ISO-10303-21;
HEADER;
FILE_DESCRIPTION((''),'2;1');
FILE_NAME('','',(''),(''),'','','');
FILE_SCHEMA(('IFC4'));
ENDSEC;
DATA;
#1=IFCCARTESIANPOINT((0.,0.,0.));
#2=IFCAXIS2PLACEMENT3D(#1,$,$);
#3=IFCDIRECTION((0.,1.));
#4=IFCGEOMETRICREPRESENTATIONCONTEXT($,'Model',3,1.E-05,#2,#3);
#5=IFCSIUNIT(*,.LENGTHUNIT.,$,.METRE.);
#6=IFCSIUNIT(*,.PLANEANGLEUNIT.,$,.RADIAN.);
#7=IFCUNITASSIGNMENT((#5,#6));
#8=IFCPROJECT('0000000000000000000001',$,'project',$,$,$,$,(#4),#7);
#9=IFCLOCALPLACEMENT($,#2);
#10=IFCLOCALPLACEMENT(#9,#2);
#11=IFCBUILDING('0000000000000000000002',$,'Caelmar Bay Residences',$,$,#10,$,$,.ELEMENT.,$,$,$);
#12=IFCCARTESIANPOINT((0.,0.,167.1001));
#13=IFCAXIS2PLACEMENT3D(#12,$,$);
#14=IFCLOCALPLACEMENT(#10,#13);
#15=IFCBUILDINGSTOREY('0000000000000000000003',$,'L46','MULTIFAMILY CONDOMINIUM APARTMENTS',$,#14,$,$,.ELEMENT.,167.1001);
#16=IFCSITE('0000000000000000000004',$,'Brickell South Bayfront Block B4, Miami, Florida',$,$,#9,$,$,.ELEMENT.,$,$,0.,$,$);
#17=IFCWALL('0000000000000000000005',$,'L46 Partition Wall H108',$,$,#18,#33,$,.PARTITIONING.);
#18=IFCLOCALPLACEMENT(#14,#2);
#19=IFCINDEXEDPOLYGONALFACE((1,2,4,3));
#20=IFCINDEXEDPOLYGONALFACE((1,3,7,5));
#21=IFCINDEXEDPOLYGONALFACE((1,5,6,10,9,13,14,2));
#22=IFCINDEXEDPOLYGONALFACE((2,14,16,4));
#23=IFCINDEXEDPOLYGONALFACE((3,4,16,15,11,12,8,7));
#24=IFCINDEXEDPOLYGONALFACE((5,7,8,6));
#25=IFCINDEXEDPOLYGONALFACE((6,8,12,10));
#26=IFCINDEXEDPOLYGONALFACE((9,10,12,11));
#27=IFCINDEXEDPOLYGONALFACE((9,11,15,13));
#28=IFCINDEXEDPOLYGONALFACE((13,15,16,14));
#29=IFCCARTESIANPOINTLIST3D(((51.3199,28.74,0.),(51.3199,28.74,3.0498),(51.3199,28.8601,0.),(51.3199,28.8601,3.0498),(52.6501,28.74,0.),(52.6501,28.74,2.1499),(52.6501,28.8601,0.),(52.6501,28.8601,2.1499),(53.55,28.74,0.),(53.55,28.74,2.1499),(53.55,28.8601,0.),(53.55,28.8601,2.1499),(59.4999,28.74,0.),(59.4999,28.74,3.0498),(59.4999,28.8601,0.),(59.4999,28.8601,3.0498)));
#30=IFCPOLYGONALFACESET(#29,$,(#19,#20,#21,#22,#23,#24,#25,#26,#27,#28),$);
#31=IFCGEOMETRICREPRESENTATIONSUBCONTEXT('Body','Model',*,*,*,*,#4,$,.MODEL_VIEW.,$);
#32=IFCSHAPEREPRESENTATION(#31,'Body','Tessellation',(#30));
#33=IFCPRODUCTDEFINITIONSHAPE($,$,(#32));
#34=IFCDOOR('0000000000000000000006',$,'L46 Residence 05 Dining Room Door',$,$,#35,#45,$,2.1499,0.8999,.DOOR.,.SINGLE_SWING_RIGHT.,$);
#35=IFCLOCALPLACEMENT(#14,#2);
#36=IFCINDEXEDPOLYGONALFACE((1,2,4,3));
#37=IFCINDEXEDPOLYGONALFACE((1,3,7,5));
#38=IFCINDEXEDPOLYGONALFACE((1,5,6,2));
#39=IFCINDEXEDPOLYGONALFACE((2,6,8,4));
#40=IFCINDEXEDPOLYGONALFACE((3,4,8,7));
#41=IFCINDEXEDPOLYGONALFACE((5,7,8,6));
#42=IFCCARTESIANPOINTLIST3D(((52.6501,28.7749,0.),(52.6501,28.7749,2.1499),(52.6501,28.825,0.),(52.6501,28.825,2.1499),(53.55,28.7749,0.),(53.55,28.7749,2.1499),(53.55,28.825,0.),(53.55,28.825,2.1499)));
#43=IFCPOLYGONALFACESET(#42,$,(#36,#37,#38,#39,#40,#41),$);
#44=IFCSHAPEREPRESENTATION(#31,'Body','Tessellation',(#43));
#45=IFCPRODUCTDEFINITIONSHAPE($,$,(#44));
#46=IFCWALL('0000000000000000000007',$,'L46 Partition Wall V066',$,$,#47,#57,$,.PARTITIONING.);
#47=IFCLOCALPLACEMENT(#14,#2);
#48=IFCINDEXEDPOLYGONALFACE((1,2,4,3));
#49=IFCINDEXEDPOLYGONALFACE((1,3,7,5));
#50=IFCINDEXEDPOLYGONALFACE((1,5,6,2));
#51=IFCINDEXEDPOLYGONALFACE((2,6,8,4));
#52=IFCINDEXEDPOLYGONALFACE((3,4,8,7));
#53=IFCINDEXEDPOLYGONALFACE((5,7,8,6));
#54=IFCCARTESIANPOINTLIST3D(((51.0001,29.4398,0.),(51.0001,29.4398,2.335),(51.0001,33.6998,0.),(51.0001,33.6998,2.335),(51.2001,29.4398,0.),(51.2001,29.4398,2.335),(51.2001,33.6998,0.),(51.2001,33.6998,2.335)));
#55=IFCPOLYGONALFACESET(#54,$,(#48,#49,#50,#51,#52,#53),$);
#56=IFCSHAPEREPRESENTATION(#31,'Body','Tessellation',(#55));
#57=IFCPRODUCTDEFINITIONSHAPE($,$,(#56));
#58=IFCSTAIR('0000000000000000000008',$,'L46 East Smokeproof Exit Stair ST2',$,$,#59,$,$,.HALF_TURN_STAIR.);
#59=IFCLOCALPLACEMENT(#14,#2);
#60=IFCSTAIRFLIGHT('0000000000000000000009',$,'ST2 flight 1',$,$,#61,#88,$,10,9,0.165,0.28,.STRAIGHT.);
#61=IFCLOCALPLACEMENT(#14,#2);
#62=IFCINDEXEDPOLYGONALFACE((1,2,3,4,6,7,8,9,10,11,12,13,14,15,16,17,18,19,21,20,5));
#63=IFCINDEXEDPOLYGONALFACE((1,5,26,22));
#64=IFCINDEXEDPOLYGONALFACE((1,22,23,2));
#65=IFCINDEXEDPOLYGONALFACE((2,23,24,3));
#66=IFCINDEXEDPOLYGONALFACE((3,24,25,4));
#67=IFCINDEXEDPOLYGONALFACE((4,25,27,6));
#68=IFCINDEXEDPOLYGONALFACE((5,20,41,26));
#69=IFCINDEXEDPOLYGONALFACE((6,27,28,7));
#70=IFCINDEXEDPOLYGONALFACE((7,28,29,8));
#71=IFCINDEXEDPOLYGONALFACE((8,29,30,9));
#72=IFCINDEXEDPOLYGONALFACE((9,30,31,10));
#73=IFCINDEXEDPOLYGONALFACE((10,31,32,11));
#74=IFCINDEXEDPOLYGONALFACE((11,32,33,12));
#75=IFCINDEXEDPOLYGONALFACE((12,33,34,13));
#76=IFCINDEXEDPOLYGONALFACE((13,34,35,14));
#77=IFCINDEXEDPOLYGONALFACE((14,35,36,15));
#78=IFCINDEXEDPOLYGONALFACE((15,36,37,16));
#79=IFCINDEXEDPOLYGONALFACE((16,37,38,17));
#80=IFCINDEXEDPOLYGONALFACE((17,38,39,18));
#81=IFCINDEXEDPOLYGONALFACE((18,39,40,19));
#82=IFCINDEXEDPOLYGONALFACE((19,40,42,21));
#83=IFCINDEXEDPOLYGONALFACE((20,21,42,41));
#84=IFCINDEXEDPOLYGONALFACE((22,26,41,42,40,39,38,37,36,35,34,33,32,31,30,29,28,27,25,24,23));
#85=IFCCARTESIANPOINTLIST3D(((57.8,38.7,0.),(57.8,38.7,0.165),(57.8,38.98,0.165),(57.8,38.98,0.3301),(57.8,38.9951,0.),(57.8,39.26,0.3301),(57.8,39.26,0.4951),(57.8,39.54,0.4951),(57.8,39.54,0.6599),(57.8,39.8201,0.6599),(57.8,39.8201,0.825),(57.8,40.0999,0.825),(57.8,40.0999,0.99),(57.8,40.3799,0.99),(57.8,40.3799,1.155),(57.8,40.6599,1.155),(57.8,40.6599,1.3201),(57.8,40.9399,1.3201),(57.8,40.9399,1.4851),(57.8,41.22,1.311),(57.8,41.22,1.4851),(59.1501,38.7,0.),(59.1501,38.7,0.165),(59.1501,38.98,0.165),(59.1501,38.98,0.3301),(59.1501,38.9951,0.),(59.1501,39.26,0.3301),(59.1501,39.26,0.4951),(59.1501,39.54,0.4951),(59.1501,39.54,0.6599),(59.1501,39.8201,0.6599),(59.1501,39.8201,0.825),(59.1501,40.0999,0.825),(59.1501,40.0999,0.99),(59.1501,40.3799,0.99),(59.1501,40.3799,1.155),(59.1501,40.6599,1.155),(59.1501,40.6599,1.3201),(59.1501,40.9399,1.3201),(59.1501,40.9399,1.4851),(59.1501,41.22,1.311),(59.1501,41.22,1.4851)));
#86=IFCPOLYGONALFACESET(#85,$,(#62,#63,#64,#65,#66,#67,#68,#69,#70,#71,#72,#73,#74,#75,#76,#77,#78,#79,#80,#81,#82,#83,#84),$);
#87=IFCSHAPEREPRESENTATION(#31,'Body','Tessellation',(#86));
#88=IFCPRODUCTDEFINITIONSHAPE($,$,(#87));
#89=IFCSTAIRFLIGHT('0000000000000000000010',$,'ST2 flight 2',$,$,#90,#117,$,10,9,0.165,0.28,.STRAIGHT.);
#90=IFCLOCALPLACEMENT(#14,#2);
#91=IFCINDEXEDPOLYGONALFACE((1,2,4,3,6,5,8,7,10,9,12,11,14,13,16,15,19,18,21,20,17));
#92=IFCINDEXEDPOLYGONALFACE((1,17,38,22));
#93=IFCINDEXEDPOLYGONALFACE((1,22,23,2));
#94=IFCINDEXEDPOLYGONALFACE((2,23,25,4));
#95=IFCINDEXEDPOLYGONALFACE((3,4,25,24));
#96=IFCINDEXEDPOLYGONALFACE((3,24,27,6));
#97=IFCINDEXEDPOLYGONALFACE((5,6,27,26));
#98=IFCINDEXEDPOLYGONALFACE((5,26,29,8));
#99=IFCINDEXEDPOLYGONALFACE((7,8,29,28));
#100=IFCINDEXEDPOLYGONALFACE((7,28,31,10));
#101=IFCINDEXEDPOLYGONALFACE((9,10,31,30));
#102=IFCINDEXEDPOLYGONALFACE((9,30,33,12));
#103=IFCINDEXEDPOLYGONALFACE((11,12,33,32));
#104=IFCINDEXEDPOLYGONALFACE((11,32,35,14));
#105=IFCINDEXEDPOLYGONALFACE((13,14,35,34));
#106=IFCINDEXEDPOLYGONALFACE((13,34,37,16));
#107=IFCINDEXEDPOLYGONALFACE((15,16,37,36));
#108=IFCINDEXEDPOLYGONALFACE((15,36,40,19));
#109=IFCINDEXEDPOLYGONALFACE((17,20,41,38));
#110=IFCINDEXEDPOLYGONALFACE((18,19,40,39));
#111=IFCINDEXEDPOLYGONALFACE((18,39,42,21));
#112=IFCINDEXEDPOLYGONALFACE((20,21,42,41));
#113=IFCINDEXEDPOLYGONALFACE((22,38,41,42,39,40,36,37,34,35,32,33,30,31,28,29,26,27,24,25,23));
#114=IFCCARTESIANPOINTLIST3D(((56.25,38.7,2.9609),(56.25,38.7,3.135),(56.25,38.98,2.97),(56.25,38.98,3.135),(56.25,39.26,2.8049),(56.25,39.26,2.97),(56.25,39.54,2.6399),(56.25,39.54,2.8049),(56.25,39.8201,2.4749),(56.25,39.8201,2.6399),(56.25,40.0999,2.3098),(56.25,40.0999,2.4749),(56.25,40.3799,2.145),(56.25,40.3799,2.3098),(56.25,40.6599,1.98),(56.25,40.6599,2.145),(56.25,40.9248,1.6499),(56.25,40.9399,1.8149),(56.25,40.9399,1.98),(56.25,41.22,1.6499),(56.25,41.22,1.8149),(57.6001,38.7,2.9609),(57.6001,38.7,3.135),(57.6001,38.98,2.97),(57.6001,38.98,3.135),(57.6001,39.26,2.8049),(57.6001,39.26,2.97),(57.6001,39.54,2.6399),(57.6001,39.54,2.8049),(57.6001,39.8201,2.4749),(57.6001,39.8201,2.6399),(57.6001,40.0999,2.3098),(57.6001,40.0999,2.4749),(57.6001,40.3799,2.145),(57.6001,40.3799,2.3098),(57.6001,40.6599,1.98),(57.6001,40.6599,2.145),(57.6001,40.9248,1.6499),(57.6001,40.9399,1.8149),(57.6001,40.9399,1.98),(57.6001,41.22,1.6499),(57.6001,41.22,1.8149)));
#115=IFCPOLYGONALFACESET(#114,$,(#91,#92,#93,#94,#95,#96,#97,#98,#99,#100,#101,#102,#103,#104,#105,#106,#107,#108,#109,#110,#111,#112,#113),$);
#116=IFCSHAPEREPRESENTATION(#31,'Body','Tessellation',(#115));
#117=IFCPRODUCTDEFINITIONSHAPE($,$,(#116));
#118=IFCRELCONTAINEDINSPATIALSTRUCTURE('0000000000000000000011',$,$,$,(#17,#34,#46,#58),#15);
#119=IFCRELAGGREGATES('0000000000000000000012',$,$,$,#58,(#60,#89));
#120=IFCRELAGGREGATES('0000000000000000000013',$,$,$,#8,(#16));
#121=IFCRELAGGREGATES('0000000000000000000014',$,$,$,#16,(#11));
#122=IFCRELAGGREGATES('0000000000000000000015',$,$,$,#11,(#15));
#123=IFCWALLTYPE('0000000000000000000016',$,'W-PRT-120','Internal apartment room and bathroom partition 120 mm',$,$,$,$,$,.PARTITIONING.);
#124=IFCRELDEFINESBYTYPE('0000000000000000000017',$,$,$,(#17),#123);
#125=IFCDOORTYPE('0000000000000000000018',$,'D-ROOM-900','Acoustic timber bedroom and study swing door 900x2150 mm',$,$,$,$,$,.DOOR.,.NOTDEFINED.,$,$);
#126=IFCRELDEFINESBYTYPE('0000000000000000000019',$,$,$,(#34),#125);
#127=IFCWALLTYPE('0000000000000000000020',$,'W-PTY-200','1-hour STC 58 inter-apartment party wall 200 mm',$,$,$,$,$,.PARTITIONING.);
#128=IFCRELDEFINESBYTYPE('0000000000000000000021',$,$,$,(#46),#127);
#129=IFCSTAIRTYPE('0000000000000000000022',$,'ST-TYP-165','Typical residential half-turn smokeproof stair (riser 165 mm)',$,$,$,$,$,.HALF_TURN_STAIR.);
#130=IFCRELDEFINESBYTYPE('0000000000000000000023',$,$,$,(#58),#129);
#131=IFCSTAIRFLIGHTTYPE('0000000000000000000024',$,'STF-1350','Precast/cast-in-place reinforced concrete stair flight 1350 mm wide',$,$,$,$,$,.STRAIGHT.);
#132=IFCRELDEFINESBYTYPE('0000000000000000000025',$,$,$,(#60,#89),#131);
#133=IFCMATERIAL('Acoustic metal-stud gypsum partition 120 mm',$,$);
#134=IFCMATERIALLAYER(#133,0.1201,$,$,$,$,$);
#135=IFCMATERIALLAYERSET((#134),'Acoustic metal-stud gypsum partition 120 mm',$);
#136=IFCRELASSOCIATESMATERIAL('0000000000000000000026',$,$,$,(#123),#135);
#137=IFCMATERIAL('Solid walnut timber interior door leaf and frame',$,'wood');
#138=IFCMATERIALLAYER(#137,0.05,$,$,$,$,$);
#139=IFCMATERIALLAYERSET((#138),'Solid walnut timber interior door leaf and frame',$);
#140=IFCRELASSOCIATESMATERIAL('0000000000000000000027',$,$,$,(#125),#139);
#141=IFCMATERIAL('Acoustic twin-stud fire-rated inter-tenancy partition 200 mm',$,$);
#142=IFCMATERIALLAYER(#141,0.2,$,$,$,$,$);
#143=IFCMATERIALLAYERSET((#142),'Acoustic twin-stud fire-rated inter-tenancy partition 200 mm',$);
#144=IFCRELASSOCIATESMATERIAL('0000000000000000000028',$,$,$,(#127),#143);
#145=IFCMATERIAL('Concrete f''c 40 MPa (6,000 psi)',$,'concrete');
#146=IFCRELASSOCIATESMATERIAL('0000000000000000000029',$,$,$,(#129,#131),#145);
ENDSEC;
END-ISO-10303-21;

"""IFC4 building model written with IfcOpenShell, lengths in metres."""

from ifc_helpers import new_model, si_unit, direction, frame, frame_2d, origin, place, context, subcontext, project, spatial, polyline, rectangle, outline, extrude, material, layer, layer_set, type_object, element, fill, aggregate, save


model = new_model("IFC4")

# Units and contexts
model_context = context("Model", 3, precision=1e-05, world=origin(), true_north=direction((0.0, 1.0)))
body_context = subcontext(model_context, "Body", "Model", "MODEL_VIEW")
ifc_project = project(units=[si_unit("LENGTHUNIT", "METRE"), si_unit("PLANEANGLEUNIT", "RADIAN")], contexts=[model_context])

# Site, building, storey
site_placement = place(None, origin())
site = spatial("IfcSite", under=ifc_project, at=site_placement, Name="Brickell South Bayfront Block B4, Miami, Florida", CompositionType="ELEMENT", RefElevation=0.0)
building_placement = place(site_placement, origin())
building = spatial("IfcBuilding", under=site, at=building_placement, Name="Caelmar Bay Residences", CompositionType="ELEMENT")
storey_placement = place(building_placement, frame((0.0, 0.0, 167.1001)))
storey = spatial("IfcBuildingStorey", under=building, at=storey_placement, Name="L46", Description="MULTIFAMILY CONDOMINIUM APARTMENTS", CompositionType="ELEMENT", Elevation=167.1001)

# Shared definitions
ifc_material_1 = material(Name="Acoustic metal-stud gypsum partition 120 mm")
ifc_layer_1 = layer(ifc_material_1, 0.1201)
ifc_layer_set_1 = layer_set([ifc_layer_1], Name="Acoustic metal-stud gypsum partition 120 mm")
wall_type_1 = type_object("IfcWallType", Name="W-PRT-120", Description="Internal apartment room and bathroom partition 120 mm", PredefinedType="PARTITIONING", material=ifc_layer_set_1)
ifc_material_2 = material(Name="Solid walnut timber interior door leaf and frame", Category="wood")
ifc_layer_2 = layer(ifc_material_2, 0.05)
ifc_layer_set_2 = layer_set([ifc_layer_2], Name="Solid walnut timber interior door leaf and frame")
door_type_1 = type_object("IfcDoorType", Name="D-ROOM-900", Description="Acoustic timber bedroom and study swing door 900x2150 mm", OperationType="NOTDEFINED", PredefinedType="DOOR", material=ifc_layer_set_2)

# Wall, opening, door
wall_1_placement = place(storey_placement, frame((51.3201, 28.8, 0.0), z_axis=(0.0, 0.0, 1.0), x_axis=(1.0, 0.0, 0.0)))
wall_1 = element("IfcWall", 1, at=wall_1_placement, inside=storey, type_object=wall_type_1, Name="L46 Partition Wall H108", PredefinedType="PARTITIONING", context=body_context, shape_type="SweptSolid", body=[
    extrude(rectangle(XDim=8.1799, YDim=0.1201, at=frame_2d((4.0898, 0.0))), origin(), (0.0, 0.0, 1.0), 3.0498),
])
opening_1_placement = place(wall_1_placement, frame((1.3301, 0.0, 0.0)))
opening_1 = element("IfcOpeningElement", 2, at=opening_1_placement, cuts=wall_1, PredefinedType="OPENING", context=body_context, shape_type="SweptSolid", body=[
    extrude(rectangle(XDim=0.8999, YDim=2.1499, at=frame_2d((0.45, 1.075))), frame((0.0, 0.0701, 0.0), z_axis=(0.0, -1.0, 0.0), x_axis=(1.0, 0.0, 0.0)), (0.0, 0.0, 1.0), 0.1401),
])
door_1_placement = place(opening_1_placement, origin())
door_1 = element("IfcDoor", 3, at=door_1_placement, inside=storey, type_object=door_type_1, Name="L46 Residence 05 Dining Room Door", OperationType="SINGLE_SWING_RIGHT", OverallHeight=2.1499, OverallWidth=0.8999, PredefinedType="DOOR", context=body_context, shape_type="SweptSolid", body=[
    extrude(rectangle(XDim=0.8999, YDim=2.1499, at=frame_2d((0.45, 1.075))), frame((0.0, 0.0249, 0.0), z_axis=(0.0, -1.0, 0.0), x_axis=(1.0, 0.0, 0.0)), (0.0, 0.0, 1.0), 0.05),
])
fill(opening_1, door_1)

# Wall
ifc_material_3 = material(Name="Acoustic twin-stud fire-rated inter-tenancy partition 200 mm")
ifc_layer_3 = layer(ifc_material_3, 0.2)
ifc_layer_set_3 = layer_set([ifc_layer_3], Name="Acoustic twin-stud fire-rated inter-tenancy partition 200 mm")
wall_type_2 = type_object("IfcWallType", Name="W-PTY-200", Description="1-hour STC 58 inter-apartment party wall 200 mm", PredefinedType="PARTITIONING", material=ifc_layer_set_3)
wall_2_placement = place(storey_placement, frame((51.1001, 29.4399, 0.0), z_axis=(0.0, 0.0, 1.0), x_axis=(0.0, 1.0, 0.0)))
element("IfcWall", 4, at=wall_2_placement, inside=storey, type_object=wall_type_2, Name="L46 Partition Wall V066", PredefinedType="PARTITIONING", context=body_context, shape_type="SweptSolid", body=[
    extrude(rectangle(XDim=4.26, YDim=0.2, at=frame_2d((2.1299, 0.0))), origin(), (0.0, 0.0, 1.0), 2.335),
])

# Stair, stair flights
ifc_material_4 = material(Name="Concrete f'c 40 MPa (6,000 psi)", Category="concrete")
stair_type = type_object("IfcStairType", Name="ST-TYP-165", Description="Typical residential half-turn smokeproof stair (riser 165 mm)", PredefinedType="HALF_TURN_STAIR", material=ifc_material_4)
stair_placement = place(storey_placement, origin())
stair = element("IfcStair", 5, at=stair_placement, inside=storey, type_object=stair_type, Name="L46 East Smokeproof Exit Stair ST2", PredefinedType="HALF_TURN_STAIR")
stair_flight_type = type_object("IfcStairFlightType", Name="STF-1350", Description="Precast/cast-in-place reinforced concrete stair flight 1350 mm wide", PredefinedType="STRAIGHT", material=ifc_material_4)
stair_flight_1_placement = place(storey_placement, frame((58.4751, 38.7, 0.0), z_axis=(0.0, 0.0, 1.0), x_axis=(0.0, 1.0, 0.0)))
stair_flight_1 = element("IfcStairFlight", 6, at=stair_flight_1_placement, type_object=stair_flight_type, Name="ST2 flight 1", NumberOfRisers=10, NumberOfTreads=9, PredefinedType="STRAIGHT", RiserHeight=0.165, TreadLength=0.28, context=body_context, shape_type="SweptSolid", body=[
    extrude(outline(polyline([(0.0, 0.0), (0.0, 0.165), (0.28, 0.165), (0.28, 0.3301), (0.5601, 0.3301), (0.5601, 0.4951), (0.8401, 0.4951), (0.8401, 0.6599), (1.1201, 0.6599), (1.1201, 0.825), (1.3999, 0.825), (1.3999, 0.99), (1.6799, 0.99), (1.6799, 1.155), (1.96, 1.155), (1.96, 1.3201), (2.24, 1.3201), (2.24, 1.4851), (2.52, 1.4851), (2.52, 1.6499), (2.52, 1.311), (0.2952, 0.0), (0.0, 0.0)])), frame((0.0, 0.675, 0.0), z_axis=(0.0, -1.0, 0.0), x_axis=(1.0, 0.0, 0.0)), (0.0, 0.0, 1.0), 1.3501),
])
stair_flight_2_placement = place(storey_placement, frame((56.925, 41.22, 1.6499), z_axis=(0.0, 0.0, 1.0), x_axis=(0.0, -1.0, 0.0)))
stair_flight_2 = element("IfcStairFlight", 7, at=stair_flight_2_placement, type_object=stair_flight_type, Name="ST2 flight 2", NumberOfRisers=10, NumberOfTreads=9, PredefinedType="STRAIGHT", RiserHeight=0.165, TreadLength=0.28, context=body_context, shape_type="SweptSolid", body=[
    extrude(outline(polyline([(0.0, 0.0), (0.0, 0.165), (0.28, 0.165), (0.28, 0.3301), (0.5601, 0.3301), (0.5601, 0.4951), (0.8401, 0.4951), (0.8401, 0.6599), (1.1201, 0.6599), (1.1201, 0.825), (1.3999, 0.825), (1.3999, 0.99), (1.6799, 0.99), (1.6799, 1.155), (1.96, 1.155), (1.96, 1.3201), (2.24, 1.3201), (2.24, 1.4851), (2.52, 1.4851), (2.52, 1.6499), (2.52, 1.311), (0.2952, 0.0), (0.0, 0.0)])), frame((0.0, 0.675, 0.0), z_axis=(0.0, -1.0, 0.0), x_axis=(1.0, 0.0, 0.0)), (0.0, 0.0, 1.0), 1.3501),
])
aggregate(stair, [stair_flight_1, stair_flight_2])

save(model, "model.ifc")
